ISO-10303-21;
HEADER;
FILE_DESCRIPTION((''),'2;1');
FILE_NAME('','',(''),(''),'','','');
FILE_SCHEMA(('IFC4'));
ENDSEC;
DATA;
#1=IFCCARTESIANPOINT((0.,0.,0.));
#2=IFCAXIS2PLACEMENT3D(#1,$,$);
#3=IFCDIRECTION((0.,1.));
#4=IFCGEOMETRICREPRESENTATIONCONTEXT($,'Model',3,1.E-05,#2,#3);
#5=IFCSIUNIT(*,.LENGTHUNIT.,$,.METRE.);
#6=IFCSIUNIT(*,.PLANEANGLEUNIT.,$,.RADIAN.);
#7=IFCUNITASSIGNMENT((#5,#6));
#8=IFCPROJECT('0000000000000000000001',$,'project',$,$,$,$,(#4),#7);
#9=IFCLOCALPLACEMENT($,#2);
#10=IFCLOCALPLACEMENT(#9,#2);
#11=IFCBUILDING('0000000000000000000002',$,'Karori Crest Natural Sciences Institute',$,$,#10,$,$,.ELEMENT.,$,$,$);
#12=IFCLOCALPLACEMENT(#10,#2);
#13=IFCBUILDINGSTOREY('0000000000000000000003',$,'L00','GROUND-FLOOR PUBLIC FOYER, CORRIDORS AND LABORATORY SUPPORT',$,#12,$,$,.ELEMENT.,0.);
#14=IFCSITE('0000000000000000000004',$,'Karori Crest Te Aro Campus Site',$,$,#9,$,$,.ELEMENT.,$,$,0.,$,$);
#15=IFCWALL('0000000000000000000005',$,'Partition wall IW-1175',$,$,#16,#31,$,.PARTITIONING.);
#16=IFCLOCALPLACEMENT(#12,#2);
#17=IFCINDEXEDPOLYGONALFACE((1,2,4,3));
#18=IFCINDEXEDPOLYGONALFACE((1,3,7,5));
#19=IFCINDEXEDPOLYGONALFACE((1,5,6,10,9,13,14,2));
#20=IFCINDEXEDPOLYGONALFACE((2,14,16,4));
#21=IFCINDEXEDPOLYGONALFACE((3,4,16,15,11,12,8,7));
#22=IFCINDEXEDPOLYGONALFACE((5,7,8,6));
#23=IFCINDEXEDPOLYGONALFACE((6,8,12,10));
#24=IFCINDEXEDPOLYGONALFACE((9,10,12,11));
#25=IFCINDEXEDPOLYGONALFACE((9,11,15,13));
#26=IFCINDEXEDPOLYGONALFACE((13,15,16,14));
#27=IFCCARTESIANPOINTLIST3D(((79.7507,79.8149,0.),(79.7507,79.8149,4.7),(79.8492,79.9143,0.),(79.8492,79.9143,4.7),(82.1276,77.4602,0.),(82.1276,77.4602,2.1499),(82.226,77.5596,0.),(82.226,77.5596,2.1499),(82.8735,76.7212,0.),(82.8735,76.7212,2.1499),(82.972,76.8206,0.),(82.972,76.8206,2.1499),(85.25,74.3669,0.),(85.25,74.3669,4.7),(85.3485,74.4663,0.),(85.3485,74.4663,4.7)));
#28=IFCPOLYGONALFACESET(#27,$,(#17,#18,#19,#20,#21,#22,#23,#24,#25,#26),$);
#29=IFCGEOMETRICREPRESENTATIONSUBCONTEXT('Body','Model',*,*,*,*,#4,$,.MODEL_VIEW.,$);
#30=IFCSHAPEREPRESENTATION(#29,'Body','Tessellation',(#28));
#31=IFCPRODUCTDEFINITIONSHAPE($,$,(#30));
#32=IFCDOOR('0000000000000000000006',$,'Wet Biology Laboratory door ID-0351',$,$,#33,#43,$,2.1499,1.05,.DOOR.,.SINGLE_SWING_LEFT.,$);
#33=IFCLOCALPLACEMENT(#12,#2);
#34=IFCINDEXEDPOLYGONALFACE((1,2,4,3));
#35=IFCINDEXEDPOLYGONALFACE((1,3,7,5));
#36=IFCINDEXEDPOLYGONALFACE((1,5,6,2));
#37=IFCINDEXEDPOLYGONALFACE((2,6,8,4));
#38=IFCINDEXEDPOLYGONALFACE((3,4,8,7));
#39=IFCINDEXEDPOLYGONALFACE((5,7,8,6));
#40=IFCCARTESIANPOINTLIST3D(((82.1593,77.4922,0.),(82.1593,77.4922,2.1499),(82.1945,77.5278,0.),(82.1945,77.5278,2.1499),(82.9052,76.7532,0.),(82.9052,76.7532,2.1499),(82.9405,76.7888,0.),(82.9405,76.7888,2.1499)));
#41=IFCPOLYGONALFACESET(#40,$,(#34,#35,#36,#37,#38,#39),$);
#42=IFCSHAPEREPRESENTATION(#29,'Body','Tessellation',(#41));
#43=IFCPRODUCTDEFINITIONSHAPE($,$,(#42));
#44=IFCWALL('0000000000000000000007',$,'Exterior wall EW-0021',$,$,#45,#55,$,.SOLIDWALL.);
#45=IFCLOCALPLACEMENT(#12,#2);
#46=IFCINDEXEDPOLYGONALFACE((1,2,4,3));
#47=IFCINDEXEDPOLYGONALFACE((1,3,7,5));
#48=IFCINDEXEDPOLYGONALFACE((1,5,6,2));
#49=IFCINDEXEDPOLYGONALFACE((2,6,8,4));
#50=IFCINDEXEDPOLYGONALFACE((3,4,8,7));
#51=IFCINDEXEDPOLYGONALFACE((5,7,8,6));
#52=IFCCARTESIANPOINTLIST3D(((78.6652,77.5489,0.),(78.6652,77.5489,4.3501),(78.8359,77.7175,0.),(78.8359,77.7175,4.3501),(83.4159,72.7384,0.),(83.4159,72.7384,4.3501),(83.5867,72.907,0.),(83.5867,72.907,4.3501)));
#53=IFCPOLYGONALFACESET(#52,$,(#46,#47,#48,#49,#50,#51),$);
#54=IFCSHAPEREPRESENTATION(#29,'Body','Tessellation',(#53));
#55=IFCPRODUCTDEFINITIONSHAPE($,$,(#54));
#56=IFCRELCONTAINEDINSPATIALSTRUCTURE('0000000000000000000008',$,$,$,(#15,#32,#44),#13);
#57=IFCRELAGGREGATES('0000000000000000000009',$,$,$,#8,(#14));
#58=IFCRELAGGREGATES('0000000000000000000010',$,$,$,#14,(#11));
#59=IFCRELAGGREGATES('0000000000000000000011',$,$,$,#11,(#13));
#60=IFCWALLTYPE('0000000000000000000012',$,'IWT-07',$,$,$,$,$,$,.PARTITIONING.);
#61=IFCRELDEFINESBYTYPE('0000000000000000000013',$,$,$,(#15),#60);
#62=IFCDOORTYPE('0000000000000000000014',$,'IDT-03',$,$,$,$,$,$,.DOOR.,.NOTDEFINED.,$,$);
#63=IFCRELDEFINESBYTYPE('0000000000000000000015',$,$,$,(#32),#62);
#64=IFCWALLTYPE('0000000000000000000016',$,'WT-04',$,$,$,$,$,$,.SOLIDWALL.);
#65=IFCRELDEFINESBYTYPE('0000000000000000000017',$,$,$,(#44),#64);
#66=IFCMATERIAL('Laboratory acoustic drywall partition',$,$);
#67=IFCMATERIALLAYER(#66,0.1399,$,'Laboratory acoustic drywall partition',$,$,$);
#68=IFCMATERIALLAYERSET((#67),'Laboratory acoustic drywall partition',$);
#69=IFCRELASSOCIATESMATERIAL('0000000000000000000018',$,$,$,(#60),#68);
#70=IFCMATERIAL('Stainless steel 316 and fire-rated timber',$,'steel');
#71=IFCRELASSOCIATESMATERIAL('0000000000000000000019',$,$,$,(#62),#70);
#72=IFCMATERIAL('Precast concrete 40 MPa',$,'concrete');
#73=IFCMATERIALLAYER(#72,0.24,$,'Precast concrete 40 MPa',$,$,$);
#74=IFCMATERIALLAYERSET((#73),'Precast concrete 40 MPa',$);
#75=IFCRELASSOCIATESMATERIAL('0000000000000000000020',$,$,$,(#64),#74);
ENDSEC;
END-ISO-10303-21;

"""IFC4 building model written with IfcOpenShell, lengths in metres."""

from ifc_helpers import new_model, si_unit, direction, frame, frame_2d, origin, place, context, subcontext, project, spatial, rectangle, extrude, material, layer, layer_set, type_object, element, fill, save


model = new_model("IFC4")

# Units and contexts
model_context = context("Model", 3, precision=1e-05, world=origin(), true_north=direction((0.0, 1.0)))
body_context = subcontext(model_context, "Body", "Model", "MODEL_VIEW")
ifc_project = project(units=[si_unit("LENGTHUNIT", "METRE"), si_unit("PLANEANGLEUNIT", "RADIAN")], contexts=[model_context])

# Site, building, storey
site_placement = place(None, origin())
site = spatial("IfcSite", under=ifc_project, at=site_placement, Name="Karori Crest Te Aro Campus Site", CompositionType="ELEMENT", RefElevation=0.0)
building_placement = place(site_placement, origin())
building = spatial("IfcBuilding", under=site, at=building_placement, Name="Karori Crest Natural Sciences Institute", CompositionType="ELEMENT")
storey_placement = place(building_placement, origin())
storey = spatial("IfcBuildingStorey", under=building, at=storey_placement, Name="L00", Description="GROUND-FLOOR PUBLIC FOYER, CORRIDORS AND LABORATORY SUPPORT", CompositionType="ELEMENT", Elevation=0.0)

# Shared definitions
ifc_material_1 = material(Name="Laboratory acoustic drywall partition")
ifc_layer_1 = layer(ifc_material_1, 0.1399, Name="Laboratory acoustic drywall partition")
ifc_layer_set_1 = layer_set([ifc_layer_1], Name="Laboratory acoustic drywall partition")
wall_type_1 = type_object("IfcWallType", Name="IWT-07", PredefinedType="PARTITIONING", material=ifc_layer_set_1)

# Wall, opening, door
wall_1_placement = place(storey_placement, frame((85.2993, 74.4165, 0.0), z_axis=(0.0, 0.0, 1.0), x_axis=(-0.710411, 0.703787, 0.0)))
wall_1 = element("IfcWall", 1, at=wall_1_placement, inside=storey, type_object=wall_type_1, Name="Partition wall IW-1175", PredefinedType="PARTITIONING", context=body_context, shape_type="SweptSolid", body=[
    extrude(rectangle(XDim=7.741, YDim=0.1399, at=frame_2d((3.8706, 0.0))), origin(), (0.0, 0.0, 1.0), 4.7),
])
opening_placement = place(wall_1_placement, frame((3.3455, 0.0, 0.0)))
opening = element("IfcOpeningElement", 2, at=opening_placement, cuts=wall_1, PredefinedType="OPENING", context=body_context, shape_type="SweptSolid", body=[
    extrude(rectangle(XDim=1.05, YDim=2.1499, at=frame_2d((0.5249, 1.075))), frame((0.0, 0.0801, 0.0), z_axis=(0.0, -1.0, 0.0), x_axis=(1.0, 0.0, 0.0)), (0.0, 0.0, 1.0), 0.1599),
])
ifc_material_2 = material(Name="Stainless steel 316 and fire-rated timber", Category="steel")
door_type = type_object("IfcDoorType", Name="IDT-03", OperationType="NOTDEFINED", PredefinedType="DOOR", material=ifc_material_2)
door_placement = place(opening_placement, origin())
door = element("IfcDoor", 3, at=door_placement, inside=storey, type_object=door_type, Name="Wet Biology Laboratory door ID-0351", OperationType="SINGLE_SWING_LEFT", OverallHeight=2.1499, OverallWidth=1.05, PredefinedType="DOOR", context=body_context, shape_type="SweptSolid", body=[
    extrude(rectangle(XDim=1.05, YDim=2.1499, at=frame_2d((0.5249, 1.075))), frame((0.0, 0.0249, 0.0), z_axis=(0.0, -1.0, 0.0), x_axis=(1.0, 0.0, 0.0)), (0.0, 0.0, 1.0), 0.05),
])
fill(opening, door)

# Wall
ifc_material_3 = material(Name="Precast concrete 40 MPa", Category="concrete")
ifc_layer_2 = layer(ifc_material_3, 0.24, Name="Precast concrete 40 MPa")
ifc_layer_set_2 = layer_set([ifc_layer_2], Name="Precast concrete 40 MPa")
wall_type_2 = type_object("IfcWallType", Name="WT-04", PredefinedType="SOLIDWALL", material=ifc_layer_set_2)
wall_2_placement = place(storey_placement, frame((83.5012, 72.8228, 0.0), z_axis=(0.0, 0.0, 1.0), x_axis=(-0.702669, 0.711516, 0.0)))
element("IfcWall", 4, at=wall_2_placement, inside=storey, type_object=wall_type_2, Name="Exterior wall EW-0021", PredefinedType="SOLIDWALL", context=body_context, shape_type="SweptSolid", body=[
    extrude(rectangle(XDim=6.761, YDim=0.24, at=frame_2d((3.3804, 0.0))), origin(), (0.0, 0.0, 1.0), 4.3501),
])

save(model, "model.ifc")
